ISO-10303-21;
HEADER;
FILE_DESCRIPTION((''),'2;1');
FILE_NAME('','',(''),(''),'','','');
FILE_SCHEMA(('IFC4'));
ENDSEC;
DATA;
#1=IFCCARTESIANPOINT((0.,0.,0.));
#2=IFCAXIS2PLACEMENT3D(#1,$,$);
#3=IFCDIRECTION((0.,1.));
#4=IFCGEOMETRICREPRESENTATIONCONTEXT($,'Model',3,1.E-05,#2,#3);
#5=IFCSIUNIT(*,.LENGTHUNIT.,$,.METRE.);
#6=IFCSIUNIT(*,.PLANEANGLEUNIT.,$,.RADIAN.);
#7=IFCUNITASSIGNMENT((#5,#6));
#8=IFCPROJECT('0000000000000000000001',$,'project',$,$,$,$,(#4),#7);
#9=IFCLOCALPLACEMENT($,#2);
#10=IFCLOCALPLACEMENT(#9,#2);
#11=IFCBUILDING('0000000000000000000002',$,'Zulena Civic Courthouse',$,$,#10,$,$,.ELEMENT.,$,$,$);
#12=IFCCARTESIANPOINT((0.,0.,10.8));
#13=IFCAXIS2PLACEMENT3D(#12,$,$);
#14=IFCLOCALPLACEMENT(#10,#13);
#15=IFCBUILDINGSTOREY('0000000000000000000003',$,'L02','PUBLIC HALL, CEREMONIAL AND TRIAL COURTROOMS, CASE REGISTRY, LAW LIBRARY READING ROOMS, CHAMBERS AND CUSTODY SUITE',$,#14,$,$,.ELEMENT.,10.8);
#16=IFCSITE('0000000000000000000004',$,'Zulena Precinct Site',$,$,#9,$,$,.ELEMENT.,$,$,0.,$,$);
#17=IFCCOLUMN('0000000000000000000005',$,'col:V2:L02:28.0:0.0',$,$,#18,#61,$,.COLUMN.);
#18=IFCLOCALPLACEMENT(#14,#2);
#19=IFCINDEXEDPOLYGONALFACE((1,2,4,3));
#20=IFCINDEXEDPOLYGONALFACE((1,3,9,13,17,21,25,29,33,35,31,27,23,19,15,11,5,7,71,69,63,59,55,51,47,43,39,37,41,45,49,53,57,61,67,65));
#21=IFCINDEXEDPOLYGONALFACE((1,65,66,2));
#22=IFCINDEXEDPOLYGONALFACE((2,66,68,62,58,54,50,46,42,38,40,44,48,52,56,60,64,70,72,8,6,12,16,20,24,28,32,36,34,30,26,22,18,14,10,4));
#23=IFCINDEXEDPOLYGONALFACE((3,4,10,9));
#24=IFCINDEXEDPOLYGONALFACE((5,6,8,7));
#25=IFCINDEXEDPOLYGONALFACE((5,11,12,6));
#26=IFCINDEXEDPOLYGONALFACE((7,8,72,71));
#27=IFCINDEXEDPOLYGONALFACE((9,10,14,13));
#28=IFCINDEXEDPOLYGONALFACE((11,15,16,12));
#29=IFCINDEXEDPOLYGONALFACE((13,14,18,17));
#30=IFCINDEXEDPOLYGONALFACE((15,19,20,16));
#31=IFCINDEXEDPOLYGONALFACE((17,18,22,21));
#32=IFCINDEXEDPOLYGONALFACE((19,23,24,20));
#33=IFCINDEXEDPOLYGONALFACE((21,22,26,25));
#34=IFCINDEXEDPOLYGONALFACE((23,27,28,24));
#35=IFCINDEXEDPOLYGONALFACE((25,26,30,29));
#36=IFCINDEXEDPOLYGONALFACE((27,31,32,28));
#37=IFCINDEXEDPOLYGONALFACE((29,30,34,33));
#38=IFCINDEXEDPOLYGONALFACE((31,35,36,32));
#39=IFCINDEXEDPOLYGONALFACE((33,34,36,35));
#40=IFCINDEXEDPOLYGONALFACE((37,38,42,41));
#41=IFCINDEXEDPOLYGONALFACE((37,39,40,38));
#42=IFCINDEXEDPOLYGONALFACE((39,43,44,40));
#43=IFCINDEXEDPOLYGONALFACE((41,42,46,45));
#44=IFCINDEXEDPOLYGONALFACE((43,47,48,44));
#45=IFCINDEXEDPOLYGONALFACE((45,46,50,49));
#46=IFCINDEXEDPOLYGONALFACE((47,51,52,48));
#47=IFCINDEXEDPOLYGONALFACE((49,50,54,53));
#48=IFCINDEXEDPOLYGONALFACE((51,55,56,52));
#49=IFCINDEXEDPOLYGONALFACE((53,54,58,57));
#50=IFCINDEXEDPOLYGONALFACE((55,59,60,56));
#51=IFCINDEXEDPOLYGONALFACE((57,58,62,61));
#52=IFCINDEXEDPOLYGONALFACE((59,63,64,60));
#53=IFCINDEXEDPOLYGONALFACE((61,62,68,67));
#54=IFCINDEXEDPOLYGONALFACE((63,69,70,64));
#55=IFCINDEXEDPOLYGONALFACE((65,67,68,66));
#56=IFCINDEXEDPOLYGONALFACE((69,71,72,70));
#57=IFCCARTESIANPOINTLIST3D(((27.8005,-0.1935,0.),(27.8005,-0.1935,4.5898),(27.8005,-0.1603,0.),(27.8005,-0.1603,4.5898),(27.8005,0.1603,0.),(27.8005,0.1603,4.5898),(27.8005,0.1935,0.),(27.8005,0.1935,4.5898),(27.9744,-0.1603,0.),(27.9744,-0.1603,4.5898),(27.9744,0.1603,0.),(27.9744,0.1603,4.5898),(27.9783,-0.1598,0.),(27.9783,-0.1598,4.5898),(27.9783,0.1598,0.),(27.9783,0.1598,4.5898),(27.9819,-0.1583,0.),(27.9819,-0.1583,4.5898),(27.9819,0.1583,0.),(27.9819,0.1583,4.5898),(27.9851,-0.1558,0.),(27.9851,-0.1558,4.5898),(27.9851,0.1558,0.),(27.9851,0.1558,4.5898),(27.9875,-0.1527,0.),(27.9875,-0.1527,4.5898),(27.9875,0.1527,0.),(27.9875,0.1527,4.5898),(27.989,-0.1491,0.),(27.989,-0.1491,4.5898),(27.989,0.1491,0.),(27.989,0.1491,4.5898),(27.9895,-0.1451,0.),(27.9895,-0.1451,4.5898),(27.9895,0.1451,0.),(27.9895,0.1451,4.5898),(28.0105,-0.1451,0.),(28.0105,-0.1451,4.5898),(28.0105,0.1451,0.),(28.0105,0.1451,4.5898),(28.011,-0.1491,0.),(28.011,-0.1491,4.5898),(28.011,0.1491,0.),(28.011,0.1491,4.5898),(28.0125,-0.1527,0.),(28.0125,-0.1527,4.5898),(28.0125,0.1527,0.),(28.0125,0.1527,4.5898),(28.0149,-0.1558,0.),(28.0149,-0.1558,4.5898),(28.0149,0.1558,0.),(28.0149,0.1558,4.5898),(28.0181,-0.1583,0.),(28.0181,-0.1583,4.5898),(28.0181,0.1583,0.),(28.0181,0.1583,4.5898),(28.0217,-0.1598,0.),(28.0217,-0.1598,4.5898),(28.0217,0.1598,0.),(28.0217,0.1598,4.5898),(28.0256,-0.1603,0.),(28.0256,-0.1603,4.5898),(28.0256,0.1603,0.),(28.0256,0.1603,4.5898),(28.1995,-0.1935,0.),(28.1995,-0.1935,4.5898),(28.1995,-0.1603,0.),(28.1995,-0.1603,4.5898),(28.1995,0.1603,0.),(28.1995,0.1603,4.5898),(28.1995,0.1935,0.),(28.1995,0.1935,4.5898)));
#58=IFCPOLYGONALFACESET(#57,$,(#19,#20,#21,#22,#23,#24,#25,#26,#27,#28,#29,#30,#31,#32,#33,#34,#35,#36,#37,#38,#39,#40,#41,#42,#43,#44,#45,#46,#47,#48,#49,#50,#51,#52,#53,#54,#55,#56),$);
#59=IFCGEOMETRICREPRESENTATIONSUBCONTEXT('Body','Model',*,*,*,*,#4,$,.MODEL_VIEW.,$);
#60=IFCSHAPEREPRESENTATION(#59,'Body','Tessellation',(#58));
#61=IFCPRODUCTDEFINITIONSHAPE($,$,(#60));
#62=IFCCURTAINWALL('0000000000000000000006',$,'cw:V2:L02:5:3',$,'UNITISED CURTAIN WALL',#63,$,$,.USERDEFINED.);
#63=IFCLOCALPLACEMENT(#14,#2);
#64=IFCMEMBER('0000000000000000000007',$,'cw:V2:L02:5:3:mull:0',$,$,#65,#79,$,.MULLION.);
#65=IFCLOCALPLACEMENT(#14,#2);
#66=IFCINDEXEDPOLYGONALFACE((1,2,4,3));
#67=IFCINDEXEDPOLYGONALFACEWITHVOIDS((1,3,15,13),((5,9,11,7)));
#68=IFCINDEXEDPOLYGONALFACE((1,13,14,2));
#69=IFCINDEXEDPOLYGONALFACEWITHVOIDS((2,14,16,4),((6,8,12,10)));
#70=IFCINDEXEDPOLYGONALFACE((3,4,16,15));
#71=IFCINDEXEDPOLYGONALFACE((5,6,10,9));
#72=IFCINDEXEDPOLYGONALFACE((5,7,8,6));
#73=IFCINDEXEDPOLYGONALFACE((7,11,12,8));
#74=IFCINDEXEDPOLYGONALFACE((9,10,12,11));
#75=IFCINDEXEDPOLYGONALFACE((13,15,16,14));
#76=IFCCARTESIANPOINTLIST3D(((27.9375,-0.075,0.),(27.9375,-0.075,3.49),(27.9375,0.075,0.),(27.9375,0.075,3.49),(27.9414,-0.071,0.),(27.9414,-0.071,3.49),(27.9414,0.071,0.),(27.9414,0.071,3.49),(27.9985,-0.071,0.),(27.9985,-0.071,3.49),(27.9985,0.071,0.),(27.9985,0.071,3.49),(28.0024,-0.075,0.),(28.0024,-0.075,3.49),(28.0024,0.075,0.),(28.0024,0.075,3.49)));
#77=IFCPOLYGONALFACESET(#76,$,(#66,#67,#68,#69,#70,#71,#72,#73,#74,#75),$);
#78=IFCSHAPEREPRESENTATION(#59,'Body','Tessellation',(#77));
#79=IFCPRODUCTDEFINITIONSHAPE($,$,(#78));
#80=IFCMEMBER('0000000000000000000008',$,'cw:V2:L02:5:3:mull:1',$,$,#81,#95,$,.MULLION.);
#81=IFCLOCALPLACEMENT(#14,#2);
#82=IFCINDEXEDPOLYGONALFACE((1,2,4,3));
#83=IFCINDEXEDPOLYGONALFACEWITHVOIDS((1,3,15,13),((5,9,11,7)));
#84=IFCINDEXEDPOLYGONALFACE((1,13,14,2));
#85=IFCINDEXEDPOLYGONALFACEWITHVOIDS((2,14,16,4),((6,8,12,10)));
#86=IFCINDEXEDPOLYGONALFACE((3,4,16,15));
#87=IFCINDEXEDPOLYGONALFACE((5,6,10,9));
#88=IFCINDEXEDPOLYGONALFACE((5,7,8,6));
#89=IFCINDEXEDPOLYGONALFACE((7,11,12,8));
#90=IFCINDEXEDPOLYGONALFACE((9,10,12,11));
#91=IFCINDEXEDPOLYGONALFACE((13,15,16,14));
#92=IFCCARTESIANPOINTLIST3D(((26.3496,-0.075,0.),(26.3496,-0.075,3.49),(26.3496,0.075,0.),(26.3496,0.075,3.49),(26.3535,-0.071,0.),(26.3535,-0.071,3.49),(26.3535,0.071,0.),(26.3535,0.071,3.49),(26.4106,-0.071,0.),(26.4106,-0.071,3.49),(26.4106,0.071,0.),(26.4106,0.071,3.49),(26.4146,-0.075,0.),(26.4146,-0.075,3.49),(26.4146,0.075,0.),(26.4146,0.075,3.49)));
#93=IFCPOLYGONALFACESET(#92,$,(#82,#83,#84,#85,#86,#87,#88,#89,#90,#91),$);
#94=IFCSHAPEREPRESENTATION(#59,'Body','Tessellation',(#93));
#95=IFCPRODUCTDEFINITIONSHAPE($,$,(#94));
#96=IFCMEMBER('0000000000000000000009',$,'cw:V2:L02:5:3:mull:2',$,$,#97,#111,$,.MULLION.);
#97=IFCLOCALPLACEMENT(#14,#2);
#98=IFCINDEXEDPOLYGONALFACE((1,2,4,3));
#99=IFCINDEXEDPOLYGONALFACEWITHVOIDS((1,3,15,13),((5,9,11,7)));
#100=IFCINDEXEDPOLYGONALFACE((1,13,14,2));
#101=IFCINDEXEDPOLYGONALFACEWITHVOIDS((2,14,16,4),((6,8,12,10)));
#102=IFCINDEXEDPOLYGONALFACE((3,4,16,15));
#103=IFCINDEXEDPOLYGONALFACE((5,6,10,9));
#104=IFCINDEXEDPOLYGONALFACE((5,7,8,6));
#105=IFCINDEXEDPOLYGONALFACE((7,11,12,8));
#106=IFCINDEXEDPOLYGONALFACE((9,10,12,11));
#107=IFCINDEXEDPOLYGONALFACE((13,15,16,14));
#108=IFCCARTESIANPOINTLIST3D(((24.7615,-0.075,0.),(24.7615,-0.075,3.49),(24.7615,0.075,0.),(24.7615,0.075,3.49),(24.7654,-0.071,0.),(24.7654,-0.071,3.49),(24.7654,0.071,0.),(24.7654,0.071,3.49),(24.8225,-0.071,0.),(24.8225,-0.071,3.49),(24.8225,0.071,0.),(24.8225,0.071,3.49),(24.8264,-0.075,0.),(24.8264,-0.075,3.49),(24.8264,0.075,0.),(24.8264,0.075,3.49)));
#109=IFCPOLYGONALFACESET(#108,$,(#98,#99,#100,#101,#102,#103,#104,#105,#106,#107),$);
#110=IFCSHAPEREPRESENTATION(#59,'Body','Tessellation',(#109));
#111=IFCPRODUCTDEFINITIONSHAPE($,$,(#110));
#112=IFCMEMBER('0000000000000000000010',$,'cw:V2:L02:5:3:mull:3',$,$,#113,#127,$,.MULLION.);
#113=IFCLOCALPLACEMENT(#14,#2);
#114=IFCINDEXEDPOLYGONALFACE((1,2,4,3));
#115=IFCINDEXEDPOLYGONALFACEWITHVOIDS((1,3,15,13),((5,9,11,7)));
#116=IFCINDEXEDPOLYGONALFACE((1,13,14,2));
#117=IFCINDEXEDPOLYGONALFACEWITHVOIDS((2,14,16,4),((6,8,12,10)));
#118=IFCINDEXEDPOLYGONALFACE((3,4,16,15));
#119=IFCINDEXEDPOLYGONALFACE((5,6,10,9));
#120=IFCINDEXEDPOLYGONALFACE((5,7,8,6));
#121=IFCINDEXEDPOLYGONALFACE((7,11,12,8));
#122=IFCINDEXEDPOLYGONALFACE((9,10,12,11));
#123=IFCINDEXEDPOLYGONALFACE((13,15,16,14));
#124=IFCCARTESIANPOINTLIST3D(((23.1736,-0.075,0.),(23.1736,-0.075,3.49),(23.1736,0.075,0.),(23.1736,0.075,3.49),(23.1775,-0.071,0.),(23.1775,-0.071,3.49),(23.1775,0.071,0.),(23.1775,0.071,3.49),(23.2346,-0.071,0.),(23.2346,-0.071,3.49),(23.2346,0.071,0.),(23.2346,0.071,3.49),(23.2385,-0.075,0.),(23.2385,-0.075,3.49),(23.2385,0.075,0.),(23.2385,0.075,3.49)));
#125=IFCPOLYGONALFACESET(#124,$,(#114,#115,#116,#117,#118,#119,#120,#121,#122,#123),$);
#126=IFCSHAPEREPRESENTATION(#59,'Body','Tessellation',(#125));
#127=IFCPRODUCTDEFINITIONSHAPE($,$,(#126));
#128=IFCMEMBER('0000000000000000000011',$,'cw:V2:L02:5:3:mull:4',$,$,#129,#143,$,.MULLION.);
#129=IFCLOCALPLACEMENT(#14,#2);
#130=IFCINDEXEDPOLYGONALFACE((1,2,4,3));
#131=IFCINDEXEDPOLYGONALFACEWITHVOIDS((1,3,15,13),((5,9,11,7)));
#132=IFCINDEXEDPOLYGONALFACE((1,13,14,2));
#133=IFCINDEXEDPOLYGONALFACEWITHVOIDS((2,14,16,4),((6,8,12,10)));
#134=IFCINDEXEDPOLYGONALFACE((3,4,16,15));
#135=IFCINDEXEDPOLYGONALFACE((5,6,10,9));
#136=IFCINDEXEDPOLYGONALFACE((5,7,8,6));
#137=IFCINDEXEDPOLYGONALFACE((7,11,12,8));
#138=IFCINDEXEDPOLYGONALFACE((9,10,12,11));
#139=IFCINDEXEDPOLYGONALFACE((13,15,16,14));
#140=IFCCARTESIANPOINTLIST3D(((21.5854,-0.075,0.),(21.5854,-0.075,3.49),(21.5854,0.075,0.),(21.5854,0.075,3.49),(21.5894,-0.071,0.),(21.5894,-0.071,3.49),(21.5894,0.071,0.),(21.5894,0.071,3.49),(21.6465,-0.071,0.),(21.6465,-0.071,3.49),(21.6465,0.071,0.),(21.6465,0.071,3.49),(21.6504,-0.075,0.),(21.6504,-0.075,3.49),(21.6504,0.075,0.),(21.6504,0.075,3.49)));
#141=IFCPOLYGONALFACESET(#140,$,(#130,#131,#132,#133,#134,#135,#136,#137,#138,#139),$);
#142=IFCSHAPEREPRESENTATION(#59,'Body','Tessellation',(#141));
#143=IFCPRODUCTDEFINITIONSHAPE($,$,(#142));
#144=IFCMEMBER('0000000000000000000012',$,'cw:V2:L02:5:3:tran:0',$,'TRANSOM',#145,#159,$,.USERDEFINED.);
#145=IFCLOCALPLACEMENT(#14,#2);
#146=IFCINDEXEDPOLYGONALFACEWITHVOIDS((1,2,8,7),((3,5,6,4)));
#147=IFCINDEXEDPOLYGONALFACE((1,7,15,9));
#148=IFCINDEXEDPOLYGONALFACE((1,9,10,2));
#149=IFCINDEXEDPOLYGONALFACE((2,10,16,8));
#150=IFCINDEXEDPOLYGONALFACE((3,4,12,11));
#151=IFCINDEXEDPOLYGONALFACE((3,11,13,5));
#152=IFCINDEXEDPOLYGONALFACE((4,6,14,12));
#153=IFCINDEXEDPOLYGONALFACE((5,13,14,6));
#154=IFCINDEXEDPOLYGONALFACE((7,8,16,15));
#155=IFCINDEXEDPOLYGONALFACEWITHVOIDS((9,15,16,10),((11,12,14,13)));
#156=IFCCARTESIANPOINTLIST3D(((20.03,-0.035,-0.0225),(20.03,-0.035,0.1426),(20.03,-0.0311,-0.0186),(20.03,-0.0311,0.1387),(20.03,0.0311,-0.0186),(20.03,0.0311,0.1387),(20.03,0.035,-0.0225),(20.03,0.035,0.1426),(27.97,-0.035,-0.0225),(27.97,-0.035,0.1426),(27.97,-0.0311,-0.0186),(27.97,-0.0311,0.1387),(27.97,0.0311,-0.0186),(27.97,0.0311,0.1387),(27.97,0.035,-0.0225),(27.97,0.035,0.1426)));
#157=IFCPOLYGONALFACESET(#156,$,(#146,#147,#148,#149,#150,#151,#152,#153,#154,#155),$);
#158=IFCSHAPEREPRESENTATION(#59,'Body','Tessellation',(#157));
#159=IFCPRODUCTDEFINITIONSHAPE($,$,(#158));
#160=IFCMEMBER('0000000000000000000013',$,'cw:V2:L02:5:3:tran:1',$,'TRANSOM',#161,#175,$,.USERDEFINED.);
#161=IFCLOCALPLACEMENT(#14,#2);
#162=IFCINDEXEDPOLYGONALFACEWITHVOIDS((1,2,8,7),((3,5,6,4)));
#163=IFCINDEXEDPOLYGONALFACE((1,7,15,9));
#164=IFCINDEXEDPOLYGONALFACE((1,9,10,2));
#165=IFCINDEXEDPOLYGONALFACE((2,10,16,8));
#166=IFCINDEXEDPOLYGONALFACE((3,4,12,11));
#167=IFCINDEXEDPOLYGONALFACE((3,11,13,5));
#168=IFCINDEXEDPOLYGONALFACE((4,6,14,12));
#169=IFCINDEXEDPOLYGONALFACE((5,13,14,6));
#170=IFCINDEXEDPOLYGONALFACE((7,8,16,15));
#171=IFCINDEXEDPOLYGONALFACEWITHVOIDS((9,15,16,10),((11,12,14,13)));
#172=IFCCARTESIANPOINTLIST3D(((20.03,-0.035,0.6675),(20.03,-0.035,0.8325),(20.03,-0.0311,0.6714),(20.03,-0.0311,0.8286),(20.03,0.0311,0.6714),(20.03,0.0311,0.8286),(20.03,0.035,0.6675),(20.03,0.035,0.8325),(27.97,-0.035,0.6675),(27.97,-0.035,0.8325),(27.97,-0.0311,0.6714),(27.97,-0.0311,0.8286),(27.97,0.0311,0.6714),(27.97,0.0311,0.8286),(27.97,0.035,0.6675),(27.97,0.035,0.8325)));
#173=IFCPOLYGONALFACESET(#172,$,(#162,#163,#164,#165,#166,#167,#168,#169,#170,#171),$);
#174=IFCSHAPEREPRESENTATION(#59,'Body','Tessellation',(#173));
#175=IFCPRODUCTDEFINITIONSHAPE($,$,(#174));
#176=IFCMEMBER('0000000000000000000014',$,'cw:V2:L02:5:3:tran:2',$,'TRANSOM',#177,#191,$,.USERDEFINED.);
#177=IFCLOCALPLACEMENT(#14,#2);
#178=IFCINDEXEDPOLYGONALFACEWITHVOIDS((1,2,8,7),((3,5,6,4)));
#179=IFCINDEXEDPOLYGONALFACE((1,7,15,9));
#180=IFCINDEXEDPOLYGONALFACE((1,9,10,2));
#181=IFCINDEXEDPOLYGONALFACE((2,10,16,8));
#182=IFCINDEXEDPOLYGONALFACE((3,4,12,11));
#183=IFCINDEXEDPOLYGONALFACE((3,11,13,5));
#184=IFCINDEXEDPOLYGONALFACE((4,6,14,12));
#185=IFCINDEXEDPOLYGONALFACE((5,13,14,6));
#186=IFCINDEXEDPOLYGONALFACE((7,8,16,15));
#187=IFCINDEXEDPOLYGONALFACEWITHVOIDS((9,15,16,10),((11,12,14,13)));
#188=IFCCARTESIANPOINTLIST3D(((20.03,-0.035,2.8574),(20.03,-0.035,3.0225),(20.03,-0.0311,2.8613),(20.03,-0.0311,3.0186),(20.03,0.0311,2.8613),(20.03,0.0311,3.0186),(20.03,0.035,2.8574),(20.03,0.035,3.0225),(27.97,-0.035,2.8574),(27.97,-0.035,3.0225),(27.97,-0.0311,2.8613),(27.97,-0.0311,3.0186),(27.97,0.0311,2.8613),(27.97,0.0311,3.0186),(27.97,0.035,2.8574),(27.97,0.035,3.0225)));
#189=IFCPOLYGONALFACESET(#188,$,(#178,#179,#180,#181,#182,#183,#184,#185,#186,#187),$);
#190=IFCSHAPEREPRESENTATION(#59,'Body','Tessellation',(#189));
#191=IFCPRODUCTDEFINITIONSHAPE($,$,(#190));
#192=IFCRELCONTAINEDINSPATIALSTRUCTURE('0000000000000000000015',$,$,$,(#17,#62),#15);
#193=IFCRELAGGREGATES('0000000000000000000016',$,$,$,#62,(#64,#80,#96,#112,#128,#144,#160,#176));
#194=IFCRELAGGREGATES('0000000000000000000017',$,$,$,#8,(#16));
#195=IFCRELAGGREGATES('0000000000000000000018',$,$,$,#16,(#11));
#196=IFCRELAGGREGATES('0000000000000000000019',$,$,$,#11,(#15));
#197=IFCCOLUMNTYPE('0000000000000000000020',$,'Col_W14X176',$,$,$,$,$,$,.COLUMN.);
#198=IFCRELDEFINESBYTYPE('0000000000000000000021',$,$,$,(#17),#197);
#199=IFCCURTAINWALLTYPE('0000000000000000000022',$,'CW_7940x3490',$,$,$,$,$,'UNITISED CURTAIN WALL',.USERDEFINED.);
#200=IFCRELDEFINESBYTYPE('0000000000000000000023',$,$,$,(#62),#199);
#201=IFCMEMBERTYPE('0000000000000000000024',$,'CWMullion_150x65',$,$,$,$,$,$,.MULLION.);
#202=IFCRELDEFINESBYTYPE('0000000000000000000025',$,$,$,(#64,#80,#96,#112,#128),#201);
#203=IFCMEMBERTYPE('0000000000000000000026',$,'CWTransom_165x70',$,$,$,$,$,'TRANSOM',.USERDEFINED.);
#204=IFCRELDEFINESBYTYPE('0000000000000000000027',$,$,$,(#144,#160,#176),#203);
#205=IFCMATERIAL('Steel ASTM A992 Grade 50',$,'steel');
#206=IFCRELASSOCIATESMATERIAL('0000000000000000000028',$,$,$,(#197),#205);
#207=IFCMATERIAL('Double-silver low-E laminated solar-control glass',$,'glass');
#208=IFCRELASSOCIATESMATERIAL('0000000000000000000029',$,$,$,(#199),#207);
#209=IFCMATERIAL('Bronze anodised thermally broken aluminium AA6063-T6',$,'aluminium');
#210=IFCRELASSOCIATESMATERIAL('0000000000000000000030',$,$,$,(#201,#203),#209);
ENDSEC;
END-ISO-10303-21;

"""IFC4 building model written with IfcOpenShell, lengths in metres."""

from ifc_helpers import new_model, si_unit, direction, frame, origin, origin_2d, place, context, subcontext, project, spatial, hollow_rectangle, i_section, extrude, material, material_profile, profile_set, type_object, element, aggregate, save


model = new_model("IFC4")

# Units and contexts
model_context = context("Model", 3, precision=1e-05, world=origin(), true_north=direction((0.0, 1.0)))
body_context = subcontext(model_context, "Body", "Model", "MODEL_VIEW")
ifc_project = project(units=[si_unit("LENGTHUNIT", "METRE"), si_unit("PLANEANGLEUNIT", "RADIAN")], contexts=[model_context])

# Site, building, storey
site_placement = place(None, origin())
site = spatial("IfcSite", under=ifc_project, at=site_placement, Name="Zulena Precinct Site", CompositionType="ELEMENT", RefElevation=0.0)
building_placement = place(site_placement, origin())
building = spatial("IfcBuilding", under=site, at=building_placement, Name="Zulena Civic Courthouse", CompositionType="ELEMENT")
storey_placement = place(building_placement, frame((0.0, 0.0, 10.8)))
storey = spatial("IfcBuildingStorey", under=building, at=storey_placement, Name="L02", Description="PUBLIC HALL, CEREMONIAL AND TRIAL COURTROOMS, CASE REGISTRY, LAW LIBRARY READING ROOMS, CHAMBERS AND CUSTODY SUITE", CompositionType="ELEMENT", Elevation=10.8)

# Column
ifc_material_1 = material(Name="Steel ASTM A992 Grade 50", Category="steel")
ifc_material_profile_1 = material_profile(ifc_material_1, i_section(OverallWidth=0.3989, OverallDepth=0.387, WebThickness=0.021, FlangeThickness=0.0332, FilletRadius=0.0151, at=origin_2d()), Name="W14X176")
ifc_profile_set_1 = profile_set([ifc_material_profile_1], Name="Steel ASTM A992 Grade 50")
column_type = type_object("IfcColumnType", Name="Col_W14X176", PredefinedType="COLUMN", material=ifc_profile_set_1)
column_placement = place(storey_placement, frame((28.0, 0.0, 0.0), z_axis=(0.0, 0.0, 1.0), x_axis=(1.0, 0.0, 0.0)))
element("IfcColumn", 1, at=column_placement, inside=storey, type_object=column_type, Name="col:V2:L02:28.0:0.0", PredefinedType="COLUMN", context=body_context, shape_type="SweptSolid", body=[
    extrude(i_section(OverallWidth=0.3989, OverallDepth=0.387, WebThickness=0.021, FlangeThickness=0.0332, FilletRadius=0.0151, at=origin_2d()), origin(), (0.0, 0.0, 1.0), 4.5898),
])

# Curtain wall, members
ifc_material_2 = material(Name="Double-silver low-E laminated solar-control glass", Category="glass")
curtain_wall_type = type_object("IfcCurtainWallType", Name="CW_7940x3490", ElementType="UNITISED CURTAIN WALL", PredefinedType="USERDEFINED", material=ifc_material_2)
curtain_wall_placement = place(storey_placement, origin())
curtain_wall = element("IfcCurtainWall", 2, at=curtain_wall_placement, inside=storey, type_object=curtain_wall_type, Name="cw:V2:L02:5:3", ObjectType="UNITISED CURTAIN WALL", PredefinedType="USERDEFINED")
ifc_material_3 = material(Name="Bronze anodised thermally broken aluminium AA6063-T6", Category="aluminium")
ifc_material_profile_2 = material_profile(ifc_material_3, hollow_rectangle(XDim=0.0649, YDim=0.1499, WallThickness=0.0039, at=origin_2d()), Name="CWM150X65X4")
ifc_profile_set_2 = profile_set([ifc_material_profile_2], Name="Bronze anodised thermally broken aluminium AA6063-T6")
member_type_1 = type_object("IfcMemberType", Name="CWMullion_150x65", PredefinedType="MULLION", material=ifc_profile_set_2)
member_1_placement = place(storey_placement, frame((27.97, 0.0, 0.0), z_axis=(0.0, 0.0, 1.0), x_axis=(1.0, 0.0, 0.0)))
member_1 = element("IfcMember", 3, at=member_1_placement, type_object=member_type_1, Name="cw:V2:L02:5:3:mull:0", PredefinedType="MULLION", context=body_context, shape_type="SweptSolid", body=[
    extrude(hollow_rectangle(XDim=0.0649, YDim=0.1499, WallThickness=0.0039, at=origin_2d()), origin(), (0.0, 0.0, 1.0), 3.49),
])
member_2_placement = place(storey_placement, frame((26.3821, 0.0, 0.0), z_axis=(0.0, 0.0, 1.0), x_axis=(1.0, 0.0, 0.0)))
member_2 = element("IfcMember", 4, at=member_2_placement, type_object=member_type_1, Name="cw:V2:L02:5:3:mull:1", PredefinedType="MULLION", context=body_context, shape_type="SweptSolid", body=[
    extrude(hollow_rectangle(XDim=0.0649, YDim=0.1499, WallThickness=0.0039, at=origin_2d()), origin(), (0.0, 0.0, 1.0), 3.49),
])
member_3_placement = place(storey_placement, frame((24.7939, 0.0, 0.0), z_axis=(0.0, 0.0, 1.0), x_axis=(1.0, 0.0, 0.0)))
member_3 = element("IfcMember", 5, at=member_3_placement, type_object=member_type_1, Name="cw:V2:L02:5:3:mull:2", PredefinedType="MULLION", context=body_context, shape_type="SweptSolid", body=[
    extrude(hollow_rectangle(XDim=0.0649, YDim=0.1499, WallThickness=0.0039, at=origin_2d()), origin(), (0.0, 0.0, 1.0), 3.49),
])
member_4_placement = place(storey_placement, frame((23.2061, 0.0, 0.0), z_axis=(0.0, 0.0, 1.0), x_axis=(1.0, 0.0, 0.0)))
member_4 = element("IfcMember", 6, at=member_4_placement, type_object=member_type_1, Name="cw:V2:L02:5:3:mull:3", PredefinedType="MULLION", context=body_context, shape_type="SweptSolid", body=[
    extrude(hollow_rectangle(XDim=0.0649, YDim=0.1499, WallThickness=0.0039, at=origin_2d()), origin(), (0.0, 0.0, 1.0), 3.49),
])
member_5_placement = place(storey_placement, frame((21.6179, 0.0, 0.0), z_axis=(0.0, 0.0, 1.0), x_axis=(1.0, 0.0, 0.0)))
member_5 = element("IfcMember", 7, at=member_5_placement, type_object=member_type_1, Name="cw:V2:L02:5:3:mull:4", PredefinedType="MULLION", context=body_context, shape_type="SweptSolid", body=[
    extrude(hollow_rectangle(XDim=0.0649, YDim=0.1499, WallThickness=0.0039, at=origin_2d()), origin(), (0.0, 0.0, 1.0), 3.49),
])
ifc_material_profile_3 = material_profile(ifc_material_3, hollow_rectangle(XDim=0.0701, YDim=0.165, WallThickness=0.0039, at=origin_2d()), Name="CWT165X70X4")
ifc_profile_set_3 = profile_set([ifc_material_profile_3], Name="Bronze anodised thermally broken aluminium AA6063-T6")
member_type_2 = type_object("IfcMemberType", Name="CWTransom_165x70", ElementType="TRANSOM", PredefinedType="USERDEFINED", material=ifc_profile_set_3)
member_6_placement = place(storey_placement, frame((27.97, 0.0, 0.0601), z_axis=(-1.0, 0.0, 0.0), x_axis=(0.0, -1.0, 0.0)))
member_6 = element("IfcMember", 8, at=member_6_placement, type_object=member_type_2, Name="cw:V2:L02:5:3:tran:0", ObjectType="TRANSOM", PredefinedType="USERDEFINED", context=body_context, shape_type="SweptSolid", body=[
    extrude(hollow_rectangle(XDim=0.0701, YDim=0.165, WallThickness=0.0039, at=origin_2d()), origin(), (0.0, 0.0, 1.0), 7.9399),
])
member_7_placement = place(storey_placement, frame((27.97, 0.0, 0.75), z_axis=(-1.0, 0.0, 0.0), x_axis=(0.0, -1.0, 0.0)))
member_7 = element("IfcMember", 9, at=member_7_placement, type_object=member_type_2, Name="cw:V2:L02:5:3:tran:1", ObjectType="TRANSOM", PredefinedType="USERDEFINED", context=body_context, shape_type="SweptSolid", body=[
    extrude(hollow_rectangle(XDim=0.0701, YDim=0.165, WallThickness=0.0039, at=origin_2d()), origin(), (0.0, 0.0, 1.0), 7.9399),
])
member_8_placement = place(storey_placement, frame((27.97, 0.0, 2.9399), z_axis=(-1.0, 0.0, 0.0), x_axis=(0.0, -1.0, 0.0)))
member_8 = element("IfcMember", 10, at=member_8_placement, type_object=member_type_2, Name="cw:V2:L02:5:3:tran:2", ObjectType="TRANSOM", PredefinedType="USERDEFINED", context=body_context, shape_type="SweptSolid", body=[
    extrude(hollow_rectangle(XDim=0.0701, YDim=0.165, WallThickness=0.0039, at=origin_2d()), origin(), (0.0, 0.0, 1.0), 7.9399),
])
aggregate(curtain_wall, [member_1, member_2, member_3, member_4, member_5, member_6, member_7, member_8])

save(model, "model.ifc")
